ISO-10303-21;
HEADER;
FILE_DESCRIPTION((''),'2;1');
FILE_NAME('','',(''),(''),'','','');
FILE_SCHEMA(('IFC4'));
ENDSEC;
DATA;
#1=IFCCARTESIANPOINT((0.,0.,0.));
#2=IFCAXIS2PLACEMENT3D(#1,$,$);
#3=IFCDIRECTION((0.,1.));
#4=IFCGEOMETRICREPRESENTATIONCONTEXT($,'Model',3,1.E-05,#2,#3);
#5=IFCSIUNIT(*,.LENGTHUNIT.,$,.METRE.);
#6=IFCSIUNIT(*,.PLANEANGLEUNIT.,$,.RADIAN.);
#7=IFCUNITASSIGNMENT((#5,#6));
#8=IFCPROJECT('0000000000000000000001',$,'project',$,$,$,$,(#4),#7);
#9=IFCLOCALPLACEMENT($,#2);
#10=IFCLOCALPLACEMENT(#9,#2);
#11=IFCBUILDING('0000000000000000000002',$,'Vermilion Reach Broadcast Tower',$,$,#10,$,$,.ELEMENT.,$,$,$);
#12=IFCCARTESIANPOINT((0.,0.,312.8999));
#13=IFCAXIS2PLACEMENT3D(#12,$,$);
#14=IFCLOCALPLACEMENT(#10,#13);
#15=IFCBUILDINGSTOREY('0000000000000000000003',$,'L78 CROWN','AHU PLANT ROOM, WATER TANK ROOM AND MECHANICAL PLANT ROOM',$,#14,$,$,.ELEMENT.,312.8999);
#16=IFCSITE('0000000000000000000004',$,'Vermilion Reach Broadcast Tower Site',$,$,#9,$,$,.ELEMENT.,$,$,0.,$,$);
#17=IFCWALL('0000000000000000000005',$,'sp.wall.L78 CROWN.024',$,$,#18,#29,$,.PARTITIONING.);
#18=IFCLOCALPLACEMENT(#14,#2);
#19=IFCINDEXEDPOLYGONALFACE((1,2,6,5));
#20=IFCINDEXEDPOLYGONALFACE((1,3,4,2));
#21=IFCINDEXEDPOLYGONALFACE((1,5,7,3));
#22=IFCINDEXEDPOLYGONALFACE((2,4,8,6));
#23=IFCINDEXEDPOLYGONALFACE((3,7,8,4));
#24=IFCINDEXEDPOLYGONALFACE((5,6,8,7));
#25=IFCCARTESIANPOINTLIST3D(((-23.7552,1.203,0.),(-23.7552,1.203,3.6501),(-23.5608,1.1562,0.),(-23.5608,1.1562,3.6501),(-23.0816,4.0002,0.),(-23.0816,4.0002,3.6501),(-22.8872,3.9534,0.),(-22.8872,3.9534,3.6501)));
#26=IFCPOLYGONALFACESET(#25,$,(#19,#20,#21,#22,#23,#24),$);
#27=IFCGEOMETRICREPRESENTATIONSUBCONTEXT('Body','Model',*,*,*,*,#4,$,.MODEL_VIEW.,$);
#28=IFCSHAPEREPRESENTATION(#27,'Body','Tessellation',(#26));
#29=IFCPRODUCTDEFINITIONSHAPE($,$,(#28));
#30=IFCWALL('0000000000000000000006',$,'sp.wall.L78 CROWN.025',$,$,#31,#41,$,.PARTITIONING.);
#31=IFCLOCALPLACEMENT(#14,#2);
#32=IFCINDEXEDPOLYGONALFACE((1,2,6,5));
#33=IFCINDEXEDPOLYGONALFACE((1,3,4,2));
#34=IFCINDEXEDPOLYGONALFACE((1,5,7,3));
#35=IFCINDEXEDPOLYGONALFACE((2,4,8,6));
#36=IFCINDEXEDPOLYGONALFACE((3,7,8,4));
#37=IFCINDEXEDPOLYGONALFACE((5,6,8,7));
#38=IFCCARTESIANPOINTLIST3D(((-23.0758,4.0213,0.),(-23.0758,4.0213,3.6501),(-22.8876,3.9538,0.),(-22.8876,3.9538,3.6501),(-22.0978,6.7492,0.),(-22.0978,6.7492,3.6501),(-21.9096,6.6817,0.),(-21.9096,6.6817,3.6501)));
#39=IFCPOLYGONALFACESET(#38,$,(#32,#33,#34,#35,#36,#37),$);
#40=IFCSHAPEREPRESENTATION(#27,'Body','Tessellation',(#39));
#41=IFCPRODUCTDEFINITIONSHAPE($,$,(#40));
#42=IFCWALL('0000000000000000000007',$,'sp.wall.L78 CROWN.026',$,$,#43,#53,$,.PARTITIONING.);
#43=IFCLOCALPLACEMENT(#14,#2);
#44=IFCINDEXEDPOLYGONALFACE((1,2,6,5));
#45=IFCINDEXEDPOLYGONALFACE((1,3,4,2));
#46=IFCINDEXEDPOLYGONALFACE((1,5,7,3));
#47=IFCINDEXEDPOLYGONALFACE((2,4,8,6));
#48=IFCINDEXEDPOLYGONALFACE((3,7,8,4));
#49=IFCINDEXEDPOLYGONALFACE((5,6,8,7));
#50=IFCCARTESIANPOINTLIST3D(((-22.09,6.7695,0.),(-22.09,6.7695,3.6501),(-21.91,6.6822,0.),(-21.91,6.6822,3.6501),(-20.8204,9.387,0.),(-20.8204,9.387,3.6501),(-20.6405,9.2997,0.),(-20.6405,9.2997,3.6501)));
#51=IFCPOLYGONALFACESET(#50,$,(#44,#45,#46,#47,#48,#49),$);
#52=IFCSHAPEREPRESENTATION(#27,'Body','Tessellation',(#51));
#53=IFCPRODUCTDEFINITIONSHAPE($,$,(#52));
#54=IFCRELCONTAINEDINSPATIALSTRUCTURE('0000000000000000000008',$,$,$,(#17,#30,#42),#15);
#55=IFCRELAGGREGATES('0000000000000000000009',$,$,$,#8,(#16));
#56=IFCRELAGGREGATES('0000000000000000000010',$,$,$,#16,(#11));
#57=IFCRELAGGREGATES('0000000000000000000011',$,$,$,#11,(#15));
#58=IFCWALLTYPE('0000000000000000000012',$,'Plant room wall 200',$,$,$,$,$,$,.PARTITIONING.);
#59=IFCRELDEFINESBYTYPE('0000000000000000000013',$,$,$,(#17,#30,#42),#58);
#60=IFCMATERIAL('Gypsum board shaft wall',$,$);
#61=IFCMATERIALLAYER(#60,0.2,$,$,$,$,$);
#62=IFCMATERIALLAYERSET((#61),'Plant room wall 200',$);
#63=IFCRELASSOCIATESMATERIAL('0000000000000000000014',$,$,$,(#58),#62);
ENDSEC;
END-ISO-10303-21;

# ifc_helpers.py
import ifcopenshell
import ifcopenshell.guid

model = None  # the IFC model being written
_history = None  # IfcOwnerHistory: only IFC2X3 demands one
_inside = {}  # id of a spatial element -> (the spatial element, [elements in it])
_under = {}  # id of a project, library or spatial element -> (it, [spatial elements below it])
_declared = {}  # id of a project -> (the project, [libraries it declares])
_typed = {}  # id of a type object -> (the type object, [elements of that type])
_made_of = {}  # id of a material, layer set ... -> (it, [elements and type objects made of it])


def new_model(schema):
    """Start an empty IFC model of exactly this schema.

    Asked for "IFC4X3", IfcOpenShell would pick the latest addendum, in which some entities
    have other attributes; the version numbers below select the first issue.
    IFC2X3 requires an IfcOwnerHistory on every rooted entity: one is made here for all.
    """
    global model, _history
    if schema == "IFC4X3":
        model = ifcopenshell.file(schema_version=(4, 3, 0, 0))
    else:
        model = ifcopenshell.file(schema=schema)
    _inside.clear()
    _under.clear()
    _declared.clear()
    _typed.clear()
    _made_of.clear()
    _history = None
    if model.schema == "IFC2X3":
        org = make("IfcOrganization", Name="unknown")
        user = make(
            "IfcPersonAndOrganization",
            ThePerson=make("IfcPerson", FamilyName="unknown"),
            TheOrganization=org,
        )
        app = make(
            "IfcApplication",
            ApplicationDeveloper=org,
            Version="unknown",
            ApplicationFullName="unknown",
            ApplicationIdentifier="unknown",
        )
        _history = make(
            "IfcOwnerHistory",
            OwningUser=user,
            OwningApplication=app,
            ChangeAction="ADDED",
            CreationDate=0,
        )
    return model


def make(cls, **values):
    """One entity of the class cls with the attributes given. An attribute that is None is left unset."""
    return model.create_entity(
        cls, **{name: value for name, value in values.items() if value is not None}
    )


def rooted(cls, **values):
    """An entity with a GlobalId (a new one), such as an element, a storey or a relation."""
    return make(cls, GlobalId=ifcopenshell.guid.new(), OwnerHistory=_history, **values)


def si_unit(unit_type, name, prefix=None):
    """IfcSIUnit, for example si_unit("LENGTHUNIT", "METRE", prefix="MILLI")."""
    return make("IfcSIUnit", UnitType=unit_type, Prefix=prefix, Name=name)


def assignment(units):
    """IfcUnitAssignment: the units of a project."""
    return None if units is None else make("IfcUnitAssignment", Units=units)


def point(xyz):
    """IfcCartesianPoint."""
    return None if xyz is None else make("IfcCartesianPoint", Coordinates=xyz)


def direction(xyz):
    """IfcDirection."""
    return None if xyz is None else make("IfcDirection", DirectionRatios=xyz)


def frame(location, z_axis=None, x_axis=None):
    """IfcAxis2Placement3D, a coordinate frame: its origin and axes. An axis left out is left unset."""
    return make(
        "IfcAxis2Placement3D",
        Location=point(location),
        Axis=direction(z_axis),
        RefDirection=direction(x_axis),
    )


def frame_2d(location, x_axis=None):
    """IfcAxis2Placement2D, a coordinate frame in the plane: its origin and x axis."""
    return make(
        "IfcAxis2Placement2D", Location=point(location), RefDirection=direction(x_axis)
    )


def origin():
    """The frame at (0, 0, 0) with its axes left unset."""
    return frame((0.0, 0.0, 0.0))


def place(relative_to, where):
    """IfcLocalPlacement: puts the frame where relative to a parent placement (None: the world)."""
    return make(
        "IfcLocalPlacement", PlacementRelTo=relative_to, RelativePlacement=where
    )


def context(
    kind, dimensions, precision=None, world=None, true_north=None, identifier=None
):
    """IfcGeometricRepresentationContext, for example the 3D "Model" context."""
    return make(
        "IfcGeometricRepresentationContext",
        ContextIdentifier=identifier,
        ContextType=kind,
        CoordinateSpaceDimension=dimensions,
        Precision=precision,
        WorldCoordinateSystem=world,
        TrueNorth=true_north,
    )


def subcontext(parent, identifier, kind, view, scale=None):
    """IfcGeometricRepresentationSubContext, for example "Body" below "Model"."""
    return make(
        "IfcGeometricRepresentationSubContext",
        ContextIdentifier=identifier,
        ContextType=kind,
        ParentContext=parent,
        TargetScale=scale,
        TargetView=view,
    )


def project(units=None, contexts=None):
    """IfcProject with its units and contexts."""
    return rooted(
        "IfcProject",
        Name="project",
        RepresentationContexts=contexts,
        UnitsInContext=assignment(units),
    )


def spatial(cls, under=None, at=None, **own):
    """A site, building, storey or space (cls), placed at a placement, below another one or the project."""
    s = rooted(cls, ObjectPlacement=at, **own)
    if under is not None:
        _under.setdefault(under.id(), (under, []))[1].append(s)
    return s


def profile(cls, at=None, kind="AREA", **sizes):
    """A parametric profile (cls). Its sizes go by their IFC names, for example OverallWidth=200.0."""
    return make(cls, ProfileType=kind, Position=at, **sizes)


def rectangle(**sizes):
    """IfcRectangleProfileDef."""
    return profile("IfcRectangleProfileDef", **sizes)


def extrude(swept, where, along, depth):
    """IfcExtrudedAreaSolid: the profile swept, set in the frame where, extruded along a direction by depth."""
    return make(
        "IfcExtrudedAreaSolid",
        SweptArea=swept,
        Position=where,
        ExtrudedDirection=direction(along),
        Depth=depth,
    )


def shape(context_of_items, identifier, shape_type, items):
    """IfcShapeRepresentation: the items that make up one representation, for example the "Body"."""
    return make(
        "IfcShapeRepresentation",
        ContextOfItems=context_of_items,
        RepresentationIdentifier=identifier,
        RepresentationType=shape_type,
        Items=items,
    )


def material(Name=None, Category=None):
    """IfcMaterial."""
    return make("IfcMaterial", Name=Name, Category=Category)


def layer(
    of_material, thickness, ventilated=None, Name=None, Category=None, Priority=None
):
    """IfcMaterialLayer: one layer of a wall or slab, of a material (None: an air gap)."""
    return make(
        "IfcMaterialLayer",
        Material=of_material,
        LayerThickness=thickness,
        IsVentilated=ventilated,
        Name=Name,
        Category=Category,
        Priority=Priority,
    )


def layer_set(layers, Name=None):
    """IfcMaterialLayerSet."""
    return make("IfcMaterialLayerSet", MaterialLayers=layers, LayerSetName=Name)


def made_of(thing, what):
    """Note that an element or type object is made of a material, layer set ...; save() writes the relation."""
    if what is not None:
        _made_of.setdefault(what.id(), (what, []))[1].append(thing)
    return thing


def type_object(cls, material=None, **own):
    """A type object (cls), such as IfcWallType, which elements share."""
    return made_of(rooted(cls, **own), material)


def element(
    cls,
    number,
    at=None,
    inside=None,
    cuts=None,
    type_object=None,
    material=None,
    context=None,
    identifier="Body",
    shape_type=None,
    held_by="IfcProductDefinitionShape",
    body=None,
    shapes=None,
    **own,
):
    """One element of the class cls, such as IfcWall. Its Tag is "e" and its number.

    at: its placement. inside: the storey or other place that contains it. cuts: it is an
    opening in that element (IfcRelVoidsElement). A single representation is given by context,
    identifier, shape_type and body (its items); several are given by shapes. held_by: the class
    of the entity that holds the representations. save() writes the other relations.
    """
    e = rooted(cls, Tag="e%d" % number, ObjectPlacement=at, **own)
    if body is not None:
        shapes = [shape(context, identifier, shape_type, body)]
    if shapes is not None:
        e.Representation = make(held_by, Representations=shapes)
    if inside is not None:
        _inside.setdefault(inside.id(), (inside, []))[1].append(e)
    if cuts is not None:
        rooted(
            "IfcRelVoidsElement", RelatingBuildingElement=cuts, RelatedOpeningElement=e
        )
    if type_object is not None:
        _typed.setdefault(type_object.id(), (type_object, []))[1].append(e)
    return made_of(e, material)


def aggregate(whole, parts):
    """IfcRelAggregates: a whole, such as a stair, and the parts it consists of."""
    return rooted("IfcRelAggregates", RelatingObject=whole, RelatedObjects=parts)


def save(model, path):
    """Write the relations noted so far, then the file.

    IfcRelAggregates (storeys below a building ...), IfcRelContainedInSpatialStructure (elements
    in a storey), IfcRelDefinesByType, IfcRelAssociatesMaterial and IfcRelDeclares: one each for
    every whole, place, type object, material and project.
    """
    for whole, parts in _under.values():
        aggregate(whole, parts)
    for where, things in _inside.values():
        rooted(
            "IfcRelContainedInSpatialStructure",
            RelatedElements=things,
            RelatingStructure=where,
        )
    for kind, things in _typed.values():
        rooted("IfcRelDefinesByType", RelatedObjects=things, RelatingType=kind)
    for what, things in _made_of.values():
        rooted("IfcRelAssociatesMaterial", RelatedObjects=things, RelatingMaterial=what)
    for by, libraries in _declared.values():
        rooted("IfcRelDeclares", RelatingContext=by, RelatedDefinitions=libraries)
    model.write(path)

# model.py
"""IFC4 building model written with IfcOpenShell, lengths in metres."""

from ifc_helpers import new_model, si_unit, direction, frame, frame_2d, origin, place, context, subcontext, project, spatial, rectangle, extrude, material, layer, layer_set, type_object, element, save


model = new_model("IFC4")

# Units and contexts
model_context = context("Model", 3, precision=1e-05, world=origin(), true_north=direction((0.0, 1.0)))
body_context = subcontext(model_context, "Body", "Model", "MODEL_VIEW")
ifc_project = project(units=[si_unit("LENGTHUNIT", "METRE"), si_unit("PLANEANGLEUNIT", "RADIAN")], contexts=[model_context])

# Site, building, storey
site_placement = place(None, origin())
site = spatial("IfcSite", under=ifc_project, at=site_placement, Name="Vermilion Reach Broadcast Tower Site", CompositionType="ELEMENT", RefElevation=0.0)
building_placement = place(site_placement, origin())
building = spatial("IfcBuilding", under=site, at=building_placement, Name="Vermilion Reach Broadcast Tower", CompositionType="ELEMENT")
storey_placement = place(building_placement, frame((0.0, 0.0, 312.8999)))
storey = spatial("IfcBuildingStorey", under=building, at=storey_placement, Name="L78 CROWN", Description="AHU PLANT ROOM, WATER TANK ROOM AND MECHANICAL PLANT ROOM", CompositionType="ELEMENT", Elevation=312.8999)

# Walls
ifc_material_1 = material(Name="Gypsum board shaft wall")
ifc_layer_1 = layer(ifc_material_1, 0.2)
ifc_layer_set_1 = layer_set([ifc_layer_1], Name="Plant room wall 200")
wall_type_1 = type_object("IfcWallType", Name="Plant room wall 200", PredefinedType="PARTITIONING", material=ifc_layer_set_1)
wall_1_placement = place(storey_placement, frame((-23.658, 1.1797, 0.0), z_axis=(0.0, 0.0, 1.0), x_axis=(0.234121, 0.972208, 0.0)))
element("IfcWall", 1, at=wall_1_placement, inside=storey, type_object=wall_type_1, Name="sp.wall.L78 CROWN.024", PredefinedType="PARTITIONING", context=body_context, shape_type="SweptSolid", body=[
    extrude(rectangle(XDim=2.8772, YDim=0.2, at=frame_2d((1.4385, 0.0))), origin(), (0.0, 0.0, 1.0), 3.6501),
])
wall_2_placement = place(storey_placement, frame((-22.9817, 3.9875, 0.0), z_axis=(0.0, 0.0, 1.0), x_axis=(0.337478, 0.941333, 0.0)))
element("IfcWall", 2, at=wall_2_placement, inside=storey, type_object=wall_type_1, Name="sp.wall.L78 CROWN.025", PredefinedType="PARTITIONING", context=body_context, shape_type="SweptSolid", body=[
    extrude(rectangle(XDim=2.8979, YDim=0.2, at=frame_2d((1.449, 0.0))), origin(), (0.0, 0.0, 1.0), 3.6501),
])
wall_3_placement = place(storey_placement, frame((-22.0, 6.7258, 0.0), z_axis=(0.0, 0.0, 1.0), x_axis=(0.436405, 0.89975, 0.0)))
element("IfcWall", 3, at=wall_3_placement, inside=storey, type_object=wall_type_1, Name="sp.wall.L78 CROWN.026", PredefinedType="PARTITIONING", context=body_context, shape_type="SweptSolid", body=[
    extrude(rectangle(XDim=2.9092, YDim=0.2, at=frame_2d((1.4546, 0.0))), origin(), (0.0, 0.0, 1.0), 3.6501),
])

save(model, "model.ifc")
